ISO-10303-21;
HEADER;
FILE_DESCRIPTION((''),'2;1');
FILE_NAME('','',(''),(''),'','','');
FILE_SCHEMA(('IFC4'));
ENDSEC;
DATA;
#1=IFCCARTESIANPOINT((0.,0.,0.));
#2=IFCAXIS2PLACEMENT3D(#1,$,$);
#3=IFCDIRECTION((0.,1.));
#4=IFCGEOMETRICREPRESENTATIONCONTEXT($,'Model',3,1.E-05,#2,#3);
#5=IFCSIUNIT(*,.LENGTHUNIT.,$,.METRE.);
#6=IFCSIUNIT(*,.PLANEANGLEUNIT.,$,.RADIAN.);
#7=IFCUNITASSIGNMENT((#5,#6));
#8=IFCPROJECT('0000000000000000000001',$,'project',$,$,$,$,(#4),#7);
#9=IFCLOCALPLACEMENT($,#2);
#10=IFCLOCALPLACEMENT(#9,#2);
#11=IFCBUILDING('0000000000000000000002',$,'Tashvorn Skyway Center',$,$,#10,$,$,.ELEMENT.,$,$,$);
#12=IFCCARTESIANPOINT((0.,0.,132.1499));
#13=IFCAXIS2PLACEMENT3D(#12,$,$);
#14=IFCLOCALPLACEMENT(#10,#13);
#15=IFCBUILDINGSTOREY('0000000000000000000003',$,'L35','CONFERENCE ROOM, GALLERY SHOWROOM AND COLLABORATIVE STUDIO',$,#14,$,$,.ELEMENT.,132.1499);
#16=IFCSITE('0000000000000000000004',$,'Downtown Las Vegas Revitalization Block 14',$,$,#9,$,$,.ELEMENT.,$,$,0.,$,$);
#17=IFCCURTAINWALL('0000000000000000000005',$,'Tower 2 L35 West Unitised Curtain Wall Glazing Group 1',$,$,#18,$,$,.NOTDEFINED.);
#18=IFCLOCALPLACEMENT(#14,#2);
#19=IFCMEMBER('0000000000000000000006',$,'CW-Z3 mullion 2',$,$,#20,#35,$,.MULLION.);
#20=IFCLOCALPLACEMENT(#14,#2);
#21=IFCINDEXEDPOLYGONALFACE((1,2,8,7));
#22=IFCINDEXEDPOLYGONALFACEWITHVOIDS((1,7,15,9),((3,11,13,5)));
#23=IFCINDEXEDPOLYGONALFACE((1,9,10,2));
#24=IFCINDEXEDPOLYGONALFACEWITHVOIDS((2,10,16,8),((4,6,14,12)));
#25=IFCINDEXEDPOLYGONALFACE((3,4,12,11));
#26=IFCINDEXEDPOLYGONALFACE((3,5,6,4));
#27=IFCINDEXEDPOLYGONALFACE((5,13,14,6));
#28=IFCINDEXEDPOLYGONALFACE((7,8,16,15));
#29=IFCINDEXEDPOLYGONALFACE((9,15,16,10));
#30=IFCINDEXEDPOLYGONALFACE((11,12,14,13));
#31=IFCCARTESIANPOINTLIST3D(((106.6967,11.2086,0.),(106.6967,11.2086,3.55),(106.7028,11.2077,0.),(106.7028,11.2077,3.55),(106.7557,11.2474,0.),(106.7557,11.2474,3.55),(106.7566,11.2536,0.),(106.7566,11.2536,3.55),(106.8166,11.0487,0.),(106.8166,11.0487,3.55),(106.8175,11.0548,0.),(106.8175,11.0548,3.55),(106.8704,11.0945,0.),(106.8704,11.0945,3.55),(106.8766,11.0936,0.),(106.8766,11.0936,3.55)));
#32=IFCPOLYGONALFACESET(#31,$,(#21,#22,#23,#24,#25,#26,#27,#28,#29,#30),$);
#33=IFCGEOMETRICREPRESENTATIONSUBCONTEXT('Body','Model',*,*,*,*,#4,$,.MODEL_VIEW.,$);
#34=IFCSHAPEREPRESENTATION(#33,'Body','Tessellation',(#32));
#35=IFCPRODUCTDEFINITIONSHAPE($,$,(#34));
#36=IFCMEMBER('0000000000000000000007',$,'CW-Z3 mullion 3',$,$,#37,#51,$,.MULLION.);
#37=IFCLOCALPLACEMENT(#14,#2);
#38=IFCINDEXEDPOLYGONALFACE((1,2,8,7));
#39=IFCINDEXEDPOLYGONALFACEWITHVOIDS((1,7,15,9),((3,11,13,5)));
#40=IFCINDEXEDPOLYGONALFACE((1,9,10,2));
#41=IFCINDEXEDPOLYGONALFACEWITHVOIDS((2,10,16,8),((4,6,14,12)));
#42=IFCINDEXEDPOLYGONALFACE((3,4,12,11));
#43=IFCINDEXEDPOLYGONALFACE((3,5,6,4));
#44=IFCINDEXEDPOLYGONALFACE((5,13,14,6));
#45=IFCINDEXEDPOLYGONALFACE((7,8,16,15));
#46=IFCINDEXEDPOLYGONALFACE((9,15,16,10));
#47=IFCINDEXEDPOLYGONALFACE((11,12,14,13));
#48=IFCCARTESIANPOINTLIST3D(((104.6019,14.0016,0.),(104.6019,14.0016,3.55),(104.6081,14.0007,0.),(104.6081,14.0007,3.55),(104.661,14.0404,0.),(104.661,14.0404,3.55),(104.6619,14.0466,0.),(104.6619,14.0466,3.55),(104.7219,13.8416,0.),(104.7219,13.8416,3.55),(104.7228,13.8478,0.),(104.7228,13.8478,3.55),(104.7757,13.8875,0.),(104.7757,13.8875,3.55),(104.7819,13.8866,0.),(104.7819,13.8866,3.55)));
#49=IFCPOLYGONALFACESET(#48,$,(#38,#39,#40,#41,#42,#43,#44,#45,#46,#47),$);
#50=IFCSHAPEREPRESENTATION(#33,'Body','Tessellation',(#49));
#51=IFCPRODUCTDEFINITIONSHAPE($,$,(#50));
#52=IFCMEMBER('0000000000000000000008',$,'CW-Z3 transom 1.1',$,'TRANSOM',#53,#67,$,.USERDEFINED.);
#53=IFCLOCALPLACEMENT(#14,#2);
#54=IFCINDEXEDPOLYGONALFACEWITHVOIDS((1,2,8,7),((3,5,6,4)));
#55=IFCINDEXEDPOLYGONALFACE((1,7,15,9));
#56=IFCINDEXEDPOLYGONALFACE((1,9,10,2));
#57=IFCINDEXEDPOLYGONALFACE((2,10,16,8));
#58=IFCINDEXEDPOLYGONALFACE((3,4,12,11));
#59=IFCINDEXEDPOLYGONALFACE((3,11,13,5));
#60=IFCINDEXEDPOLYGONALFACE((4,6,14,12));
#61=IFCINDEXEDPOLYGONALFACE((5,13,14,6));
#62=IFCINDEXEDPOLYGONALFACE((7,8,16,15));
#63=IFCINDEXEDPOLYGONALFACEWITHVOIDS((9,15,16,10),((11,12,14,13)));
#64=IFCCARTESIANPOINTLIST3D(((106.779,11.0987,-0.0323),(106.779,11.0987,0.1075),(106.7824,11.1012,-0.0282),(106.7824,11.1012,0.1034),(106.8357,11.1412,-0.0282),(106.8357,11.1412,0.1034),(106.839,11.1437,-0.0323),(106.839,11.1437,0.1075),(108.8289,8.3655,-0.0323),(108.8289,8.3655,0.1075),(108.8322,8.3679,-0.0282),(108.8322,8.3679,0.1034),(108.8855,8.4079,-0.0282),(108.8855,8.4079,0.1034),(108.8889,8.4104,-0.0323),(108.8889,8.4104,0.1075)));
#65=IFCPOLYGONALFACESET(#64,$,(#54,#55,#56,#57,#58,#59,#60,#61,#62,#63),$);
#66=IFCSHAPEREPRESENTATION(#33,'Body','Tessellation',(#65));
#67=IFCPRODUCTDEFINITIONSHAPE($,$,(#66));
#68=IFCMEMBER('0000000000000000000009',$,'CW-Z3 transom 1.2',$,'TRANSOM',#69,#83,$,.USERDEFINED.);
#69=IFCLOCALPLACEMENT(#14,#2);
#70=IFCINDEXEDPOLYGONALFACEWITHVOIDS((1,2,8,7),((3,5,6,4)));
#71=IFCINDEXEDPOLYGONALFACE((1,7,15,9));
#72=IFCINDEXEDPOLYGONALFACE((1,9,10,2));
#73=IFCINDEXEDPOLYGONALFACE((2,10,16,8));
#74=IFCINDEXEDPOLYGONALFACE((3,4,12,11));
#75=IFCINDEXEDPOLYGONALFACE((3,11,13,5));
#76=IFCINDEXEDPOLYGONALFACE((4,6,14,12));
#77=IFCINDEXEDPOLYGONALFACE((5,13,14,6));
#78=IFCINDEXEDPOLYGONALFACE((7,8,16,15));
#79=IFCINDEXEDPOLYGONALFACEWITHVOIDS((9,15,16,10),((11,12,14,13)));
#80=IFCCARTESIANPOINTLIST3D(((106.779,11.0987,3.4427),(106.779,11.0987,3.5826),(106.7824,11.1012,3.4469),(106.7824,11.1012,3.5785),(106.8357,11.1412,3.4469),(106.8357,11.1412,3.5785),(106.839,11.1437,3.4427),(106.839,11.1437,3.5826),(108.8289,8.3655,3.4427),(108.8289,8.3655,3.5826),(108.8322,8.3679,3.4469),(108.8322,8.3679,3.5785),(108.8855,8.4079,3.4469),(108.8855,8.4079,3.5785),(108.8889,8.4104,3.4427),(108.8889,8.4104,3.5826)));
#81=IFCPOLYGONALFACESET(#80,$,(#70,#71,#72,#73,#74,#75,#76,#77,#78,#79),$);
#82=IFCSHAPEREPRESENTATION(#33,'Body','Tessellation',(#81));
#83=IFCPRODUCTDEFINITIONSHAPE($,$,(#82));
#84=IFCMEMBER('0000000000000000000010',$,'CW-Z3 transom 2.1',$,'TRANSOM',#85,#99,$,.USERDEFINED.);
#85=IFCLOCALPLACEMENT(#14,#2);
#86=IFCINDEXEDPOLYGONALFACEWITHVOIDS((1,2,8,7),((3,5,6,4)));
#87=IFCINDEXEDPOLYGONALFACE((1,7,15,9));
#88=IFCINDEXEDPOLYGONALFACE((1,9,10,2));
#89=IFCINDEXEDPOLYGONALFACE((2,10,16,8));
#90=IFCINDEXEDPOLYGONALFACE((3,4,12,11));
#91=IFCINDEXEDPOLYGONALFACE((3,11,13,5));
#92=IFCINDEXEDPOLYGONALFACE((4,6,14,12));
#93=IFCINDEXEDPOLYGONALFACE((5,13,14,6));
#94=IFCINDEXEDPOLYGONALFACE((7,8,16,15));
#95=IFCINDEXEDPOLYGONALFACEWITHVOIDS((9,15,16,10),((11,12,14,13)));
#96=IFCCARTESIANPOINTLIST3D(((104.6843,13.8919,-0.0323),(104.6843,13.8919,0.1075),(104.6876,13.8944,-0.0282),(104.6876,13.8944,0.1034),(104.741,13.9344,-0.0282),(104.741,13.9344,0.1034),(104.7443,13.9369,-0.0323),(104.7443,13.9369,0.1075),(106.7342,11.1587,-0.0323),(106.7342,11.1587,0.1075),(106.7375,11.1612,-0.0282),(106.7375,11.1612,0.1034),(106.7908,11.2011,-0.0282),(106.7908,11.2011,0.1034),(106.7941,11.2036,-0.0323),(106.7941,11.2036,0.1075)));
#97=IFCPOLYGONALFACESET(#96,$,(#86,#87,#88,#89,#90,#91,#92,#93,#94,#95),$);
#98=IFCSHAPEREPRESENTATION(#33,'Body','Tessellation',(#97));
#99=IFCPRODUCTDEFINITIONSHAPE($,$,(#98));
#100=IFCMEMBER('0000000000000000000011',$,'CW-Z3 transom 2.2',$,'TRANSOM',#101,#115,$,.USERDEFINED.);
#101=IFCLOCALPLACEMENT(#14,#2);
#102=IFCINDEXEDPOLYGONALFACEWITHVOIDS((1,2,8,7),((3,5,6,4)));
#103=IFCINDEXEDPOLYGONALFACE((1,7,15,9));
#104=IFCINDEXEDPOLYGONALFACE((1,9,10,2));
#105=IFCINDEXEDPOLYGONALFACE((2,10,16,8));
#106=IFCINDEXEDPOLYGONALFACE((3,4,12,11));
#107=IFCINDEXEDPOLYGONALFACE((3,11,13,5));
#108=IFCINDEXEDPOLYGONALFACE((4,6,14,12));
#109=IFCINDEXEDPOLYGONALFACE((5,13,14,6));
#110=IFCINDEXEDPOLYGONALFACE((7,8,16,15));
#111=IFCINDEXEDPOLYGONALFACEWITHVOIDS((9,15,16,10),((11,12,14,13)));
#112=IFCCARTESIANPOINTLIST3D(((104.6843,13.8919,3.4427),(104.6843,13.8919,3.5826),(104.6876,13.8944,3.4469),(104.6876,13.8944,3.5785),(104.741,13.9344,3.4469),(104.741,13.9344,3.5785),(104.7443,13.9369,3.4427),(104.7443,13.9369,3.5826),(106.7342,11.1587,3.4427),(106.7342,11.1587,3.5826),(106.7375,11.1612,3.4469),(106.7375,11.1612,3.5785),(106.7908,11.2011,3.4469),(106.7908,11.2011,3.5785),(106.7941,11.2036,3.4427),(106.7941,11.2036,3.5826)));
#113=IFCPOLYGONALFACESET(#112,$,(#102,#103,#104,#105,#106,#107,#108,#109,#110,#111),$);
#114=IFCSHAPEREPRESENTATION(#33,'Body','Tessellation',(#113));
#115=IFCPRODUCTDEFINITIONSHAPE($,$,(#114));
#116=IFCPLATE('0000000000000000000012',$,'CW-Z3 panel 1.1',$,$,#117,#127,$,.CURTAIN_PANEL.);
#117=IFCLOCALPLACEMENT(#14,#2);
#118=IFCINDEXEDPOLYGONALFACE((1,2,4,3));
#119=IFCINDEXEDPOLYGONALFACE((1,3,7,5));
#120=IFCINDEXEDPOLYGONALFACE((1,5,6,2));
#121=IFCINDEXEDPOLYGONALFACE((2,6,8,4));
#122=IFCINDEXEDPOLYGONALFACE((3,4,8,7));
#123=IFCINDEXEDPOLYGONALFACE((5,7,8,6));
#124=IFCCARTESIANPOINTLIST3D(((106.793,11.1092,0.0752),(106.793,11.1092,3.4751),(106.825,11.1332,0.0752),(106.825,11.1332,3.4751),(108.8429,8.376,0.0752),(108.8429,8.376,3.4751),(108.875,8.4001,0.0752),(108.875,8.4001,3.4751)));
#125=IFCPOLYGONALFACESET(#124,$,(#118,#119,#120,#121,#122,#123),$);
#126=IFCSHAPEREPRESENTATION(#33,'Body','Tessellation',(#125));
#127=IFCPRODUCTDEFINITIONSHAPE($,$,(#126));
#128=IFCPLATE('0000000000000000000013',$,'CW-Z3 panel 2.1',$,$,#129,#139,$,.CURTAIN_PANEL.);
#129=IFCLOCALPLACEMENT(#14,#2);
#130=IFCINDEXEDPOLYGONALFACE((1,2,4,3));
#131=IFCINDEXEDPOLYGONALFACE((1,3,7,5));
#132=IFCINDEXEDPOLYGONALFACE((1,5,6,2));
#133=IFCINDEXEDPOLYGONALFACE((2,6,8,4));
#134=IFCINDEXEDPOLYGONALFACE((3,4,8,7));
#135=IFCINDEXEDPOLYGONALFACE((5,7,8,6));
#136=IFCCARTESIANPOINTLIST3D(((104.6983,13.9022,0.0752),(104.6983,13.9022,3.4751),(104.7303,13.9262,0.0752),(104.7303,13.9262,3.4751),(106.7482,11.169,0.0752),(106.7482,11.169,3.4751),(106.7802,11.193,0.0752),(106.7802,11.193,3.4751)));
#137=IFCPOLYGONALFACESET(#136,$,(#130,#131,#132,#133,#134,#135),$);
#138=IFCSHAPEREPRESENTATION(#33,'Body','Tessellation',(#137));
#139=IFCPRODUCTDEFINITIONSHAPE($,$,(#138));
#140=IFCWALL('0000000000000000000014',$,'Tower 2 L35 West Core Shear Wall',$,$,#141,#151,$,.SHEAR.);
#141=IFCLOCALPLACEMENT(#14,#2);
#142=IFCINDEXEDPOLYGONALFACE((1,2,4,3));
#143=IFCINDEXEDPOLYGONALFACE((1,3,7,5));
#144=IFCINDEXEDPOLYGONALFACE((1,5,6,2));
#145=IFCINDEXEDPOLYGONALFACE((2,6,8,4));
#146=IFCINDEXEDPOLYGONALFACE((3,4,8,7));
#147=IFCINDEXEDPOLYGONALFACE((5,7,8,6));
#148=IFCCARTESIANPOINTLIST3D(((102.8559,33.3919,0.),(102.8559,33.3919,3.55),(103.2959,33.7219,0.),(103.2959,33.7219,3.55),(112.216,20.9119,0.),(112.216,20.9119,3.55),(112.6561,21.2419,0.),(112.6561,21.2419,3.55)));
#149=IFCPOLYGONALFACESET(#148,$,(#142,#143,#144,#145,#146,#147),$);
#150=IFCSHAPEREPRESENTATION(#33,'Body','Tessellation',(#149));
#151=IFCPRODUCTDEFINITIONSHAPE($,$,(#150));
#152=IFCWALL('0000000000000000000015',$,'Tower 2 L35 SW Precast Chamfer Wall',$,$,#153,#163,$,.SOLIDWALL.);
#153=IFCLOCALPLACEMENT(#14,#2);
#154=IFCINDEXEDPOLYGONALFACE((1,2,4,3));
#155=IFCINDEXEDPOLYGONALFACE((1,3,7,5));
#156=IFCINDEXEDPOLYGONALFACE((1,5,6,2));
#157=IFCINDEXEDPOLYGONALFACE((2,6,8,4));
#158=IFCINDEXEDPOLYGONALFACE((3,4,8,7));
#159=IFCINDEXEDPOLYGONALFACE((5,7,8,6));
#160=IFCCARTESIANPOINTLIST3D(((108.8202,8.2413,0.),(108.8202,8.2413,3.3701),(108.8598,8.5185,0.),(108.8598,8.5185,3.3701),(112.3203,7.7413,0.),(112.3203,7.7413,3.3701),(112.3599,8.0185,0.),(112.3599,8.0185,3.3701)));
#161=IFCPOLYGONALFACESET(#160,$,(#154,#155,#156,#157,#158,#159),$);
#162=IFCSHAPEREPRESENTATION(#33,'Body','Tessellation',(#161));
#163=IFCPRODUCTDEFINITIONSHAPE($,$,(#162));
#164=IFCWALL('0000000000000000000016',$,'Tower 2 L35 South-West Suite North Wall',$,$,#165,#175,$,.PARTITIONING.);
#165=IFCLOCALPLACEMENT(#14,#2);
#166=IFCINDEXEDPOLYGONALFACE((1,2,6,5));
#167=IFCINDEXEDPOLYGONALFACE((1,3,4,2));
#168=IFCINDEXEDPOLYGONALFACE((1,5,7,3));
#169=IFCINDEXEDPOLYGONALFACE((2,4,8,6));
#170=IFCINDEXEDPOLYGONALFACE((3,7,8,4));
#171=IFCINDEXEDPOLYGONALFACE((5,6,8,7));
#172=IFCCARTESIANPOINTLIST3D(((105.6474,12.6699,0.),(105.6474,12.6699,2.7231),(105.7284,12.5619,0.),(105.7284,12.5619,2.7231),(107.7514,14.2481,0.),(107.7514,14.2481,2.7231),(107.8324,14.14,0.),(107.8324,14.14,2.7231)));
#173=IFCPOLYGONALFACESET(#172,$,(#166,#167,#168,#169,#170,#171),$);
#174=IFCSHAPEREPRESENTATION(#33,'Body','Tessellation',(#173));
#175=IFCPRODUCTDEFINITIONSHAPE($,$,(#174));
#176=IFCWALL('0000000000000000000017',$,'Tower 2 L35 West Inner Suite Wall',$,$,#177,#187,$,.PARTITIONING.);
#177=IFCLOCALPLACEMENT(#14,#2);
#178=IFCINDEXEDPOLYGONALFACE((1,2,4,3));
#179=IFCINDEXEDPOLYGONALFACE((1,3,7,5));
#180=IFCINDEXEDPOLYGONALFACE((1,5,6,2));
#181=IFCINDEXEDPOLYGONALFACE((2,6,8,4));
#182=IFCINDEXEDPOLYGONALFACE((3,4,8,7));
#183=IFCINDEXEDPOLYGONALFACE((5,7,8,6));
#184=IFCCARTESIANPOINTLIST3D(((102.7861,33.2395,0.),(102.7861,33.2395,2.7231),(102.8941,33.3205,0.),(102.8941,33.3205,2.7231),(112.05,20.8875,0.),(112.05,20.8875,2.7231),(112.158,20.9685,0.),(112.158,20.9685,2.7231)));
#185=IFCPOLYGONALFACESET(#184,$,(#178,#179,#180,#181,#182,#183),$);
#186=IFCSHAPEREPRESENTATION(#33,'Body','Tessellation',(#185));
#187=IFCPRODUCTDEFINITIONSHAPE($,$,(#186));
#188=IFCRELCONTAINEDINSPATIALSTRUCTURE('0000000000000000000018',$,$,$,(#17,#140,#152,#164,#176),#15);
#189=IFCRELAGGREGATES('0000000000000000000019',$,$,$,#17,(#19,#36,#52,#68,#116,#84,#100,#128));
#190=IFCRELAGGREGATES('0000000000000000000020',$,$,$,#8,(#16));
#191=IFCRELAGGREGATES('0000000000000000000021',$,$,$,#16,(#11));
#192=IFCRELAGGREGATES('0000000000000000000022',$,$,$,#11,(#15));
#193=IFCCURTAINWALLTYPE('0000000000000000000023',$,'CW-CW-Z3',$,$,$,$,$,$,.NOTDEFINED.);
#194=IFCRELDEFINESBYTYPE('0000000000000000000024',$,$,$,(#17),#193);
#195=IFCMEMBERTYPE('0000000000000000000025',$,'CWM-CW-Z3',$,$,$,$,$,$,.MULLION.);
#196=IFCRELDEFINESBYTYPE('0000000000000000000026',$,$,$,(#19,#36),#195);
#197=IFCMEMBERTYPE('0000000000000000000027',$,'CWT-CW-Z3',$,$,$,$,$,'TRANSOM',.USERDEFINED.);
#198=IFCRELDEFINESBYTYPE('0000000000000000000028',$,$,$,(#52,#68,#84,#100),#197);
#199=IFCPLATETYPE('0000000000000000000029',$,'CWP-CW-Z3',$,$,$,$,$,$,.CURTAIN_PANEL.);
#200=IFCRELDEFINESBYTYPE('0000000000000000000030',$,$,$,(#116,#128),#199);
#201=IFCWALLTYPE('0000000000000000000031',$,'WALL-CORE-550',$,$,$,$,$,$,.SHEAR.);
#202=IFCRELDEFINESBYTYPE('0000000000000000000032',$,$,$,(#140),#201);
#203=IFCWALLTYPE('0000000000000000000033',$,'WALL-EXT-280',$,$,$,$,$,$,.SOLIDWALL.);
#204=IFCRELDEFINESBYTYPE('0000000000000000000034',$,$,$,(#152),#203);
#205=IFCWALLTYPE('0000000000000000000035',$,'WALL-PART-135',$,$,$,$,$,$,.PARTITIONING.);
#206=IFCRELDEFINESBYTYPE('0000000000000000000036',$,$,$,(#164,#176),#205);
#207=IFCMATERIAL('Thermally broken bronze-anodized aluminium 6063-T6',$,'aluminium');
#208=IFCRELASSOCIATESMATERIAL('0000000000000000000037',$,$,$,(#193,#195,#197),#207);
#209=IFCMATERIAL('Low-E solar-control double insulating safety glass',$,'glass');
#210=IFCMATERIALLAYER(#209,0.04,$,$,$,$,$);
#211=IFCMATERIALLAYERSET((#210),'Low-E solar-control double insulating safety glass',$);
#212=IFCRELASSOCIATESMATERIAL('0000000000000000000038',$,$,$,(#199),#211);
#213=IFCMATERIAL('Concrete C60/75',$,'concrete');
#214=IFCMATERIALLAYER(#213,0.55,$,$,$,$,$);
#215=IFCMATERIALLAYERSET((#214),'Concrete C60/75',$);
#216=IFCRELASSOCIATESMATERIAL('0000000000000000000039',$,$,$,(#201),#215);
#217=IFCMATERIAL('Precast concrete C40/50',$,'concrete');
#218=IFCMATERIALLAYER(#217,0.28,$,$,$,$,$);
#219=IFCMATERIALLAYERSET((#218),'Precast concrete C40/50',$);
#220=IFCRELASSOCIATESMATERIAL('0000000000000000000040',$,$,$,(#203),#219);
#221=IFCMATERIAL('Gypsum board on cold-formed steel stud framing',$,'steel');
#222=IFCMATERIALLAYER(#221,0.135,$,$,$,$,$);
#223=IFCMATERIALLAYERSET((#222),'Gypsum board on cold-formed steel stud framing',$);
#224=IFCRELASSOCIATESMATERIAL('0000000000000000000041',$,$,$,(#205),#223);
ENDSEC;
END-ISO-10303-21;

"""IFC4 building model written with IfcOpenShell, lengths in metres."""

from ifc_helpers import new_model, si_unit, direction, frame, frame_2d, origin, origin_2d, place, context, subcontext, project, spatial, rectangle, hollow_rectangle, extrude, material, layer, layer_set, material_profile, profile_set, type_object, element, aggregate, save


model = new_model("IFC4")

# Units and contexts
model_context = context("Model", 3, precision=1e-05, world=origin(), true_north=direction((0.0, 1.0)))
body_context = subcontext(model_context, "Body", "Model", "MODEL_VIEW")
ifc_project = project(units=[si_unit("LENGTHUNIT", "METRE"), si_unit("PLANEANGLEUNIT", "RADIAN")], contexts=[model_context])

# Site, building, storey
site_placement = place(None, origin())
site = spatial("IfcSite", under=ifc_project, at=site_placement, Name="Downtown Las Vegas Revitalization Block 14", CompositionType="ELEMENT", RefElevation=0.0)
building_placement = place(site_placement, origin())
building = spatial("IfcBuilding", under=site, at=building_placement, Name="Tashvorn Skyway Center", CompositionType="ELEMENT")
storey_placement = place(building_placement, frame((0.0, 0.0, 132.1499)))
storey = spatial("IfcBuildingStorey", under=building, at=storey_placement, Name="L35", Description="CONFERENCE ROOM, GALLERY SHOWROOM AND COLLABORATIVE STUDIO", CompositionType="ELEMENT", Elevation=132.1499)

# Shared definitions
ifc_material_1 = material(Name="Concrete C60/75", Category="concrete")

# Shared definitions
ifc_material_2 = material(Name="Thermally broken bronze-anodized aluminium 6063-T6", Category="aluminium")
curtain_wall_type = type_object("IfcCurtainWallType", Name="CW-CW-Z3", PredefinedType="NOTDEFINED", material=ifc_material_2)
ifc_material_profile_1 = material_profile(ifc_material_2, hollow_rectangle(XDim=0.075, YDim=0.2, WallThickness=0.0044, at=origin_2d()), Name="ALU-MULL-75x200")
ifc_profile_set_1 = profile_set([ifc_material_profile_1], Name="Thermally broken bronze-anodized aluminium 6063-T6")
member_type_1 = type_object("IfcMemberType", Name="CWM-CW-Z3", PredefinedType="MULLION", material=ifc_profile_set_1)

# Curtain wall, members, plates
curtain_wall_1_placement = place(storey_placement, origin())
curtain_wall_1 = element("IfcCurtainWall", 1, at=curtain_wall_1_placement, inside=storey, type_object=curtain_wall_type, Name="Tower 2 L35 West Unitised Curtain Wall Glazing Group 1", PredefinedType="NOTDEFINED")
member_1_placement = place(storey_placement, frame((106.7866, 11.1511, 0.0), z_axis=(0.0, 0.0, 1.0), x_axis=(-0.799997, -0.600005, 0.0)))
member_1 = element("IfcMember", 2, at=member_1_placement, type_object=member_type_1, Name="CW-Z3 mullion 2", PredefinedType="MULLION", context=body_context, shape_type="SweptSolid", body=[
    extrude(hollow_rectangle(XDim=0.075, YDim=0.2, WallThickness=0.0044, at=origin_2d()), origin(), (0.0, 0.0, 1.0), 3.55),
])
member_2_placement = place(storey_placement, frame((104.6919, 13.9441, 0.0), z_axis=(0.0, 0.0, 1.0), x_axis=(-0.799997, -0.600005, 0.0)))
member_2 = element("IfcMember", 3, at=member_2_placement, type_object=member_type_1, Name="CW-Z3 mullion 3", PredefinedType="MULLION", context=body_context, shape_type="SweptSolid", body=[
    extrude(hollow_rectangle(XDim=0.075, YDim=0.2, WallThickness=0.0044, at=origin_2d()), origin(), (0.0, 0.0, 1.0), 3.55),
])
ifc_material_profile_2 = material_profile(ifc_material_2, hollow_rectangle(XDim=0.075, YDim=0.1399, WallThickness=0.0042, at=origin_2d()), Name="ALU-TRAN-75x140")
ifc_profile_set_2 = profile_set([ifc_material_profile_2], Name="Thermally broken bronze-anodized aluminium 6063-T6")
member_type_2 = type_object("IfcMemberType", Name="CWT-CW-Z3", ElementType="TRANSOM", PredefinedType="USERDEFINED", material=ifc_profile_set_2)
member_3_placement = place(storey_placement, frame((108.8589, 8.3879, 0.0376), z_axis=(-0.599989, 0.800009, 0.0), x_axis=(-0.800009, -0.599989, 0.0)))
member_3 = element("IfcMember", 4, at=member_3_placement, type_object=member_type_2, Name="CW-Z3 transom 1.1", ObjectType="TRANSOM", PredefinedType="USERDEFINED", context=body_context, shape_type="SweptSolid", body=[
    extrude(hollow_rectangle(XDim=0.075, YDim=0.1399, WallThickness=0.0042, at=origin_2d()), origin(), (0.0, 0.0, 1.0), 3.4165),
])
member_4_placement = place(storey_placement, frame((108.8589, 8.3879, 3.5127), z_axis=(-0.599989, 0.800009, 0.0), x_axis=(-0.800009, -0.599989, 0.0)))
member_4 = element("IfcMember", 5, at=member_4_placement, type_object=member_type_2, Name="CW-Z3 transom 1.2", ObjectType="TRANSOM", PredefinedType="USERDEFINED", context=body_context, shape_type="SweptSolid", body=[
    extrude(hollow_rectangle(XDim=0.075, YDim=0.1399, WallThickness=0.0042, at=origin_2d()), origin(), (0.0, 0.0, 1.0), 3.4165),
])
member_5_placement = place(storey_placement, frame((106.7642, 11.1812, 0.0376), z_axis=(-0.599989, 0.800009, 0.0), x_axis=(-0.800009, -0.599989, 0.0)))
member_5 = element("IfcMember", 6, at=member_5_placement, type_object=member_type_2, Name="CW-Z3 transom 2.1", ObjectType="TRANSOM", PredefinedType="USERDEFINED", context=body_context, shape_type="SweptSolid", body=[
    extrude(hollow_rectangle(XDim=0.075, YDim=0.1399, WallThickness=0.0042, at=origin_2d()), origin(), (0.0, 0.0, 1.0), 3.4165),
])
member_6_placement = place(storey_placement, frame((106.7642, 11.1812, 3.5127), z_axis=(-0.599989, 0.800009, 0.0), x_axis=(-0.800009, -0.599989, 0.0)))
member_6 = element("IfcMember", 7, at=member_6_placement, type_object=member_type_2, Name="CW-Z3 transom 2.2", ObjectType="TRANSOM", PredefinedType="USERDEFINED", context=body_context, shape_type="SweptSolid", body=[
    extrude(hollow_rectangle(XDim=0.075, YDim=0.1399, WallThickness=0.0042, at=origin_2d()), origin(), (0.0, 0.0, 1.0), 3.4165),
])
ifc_material_3 = material(Name="Low-E solar-control double insulating safety glass", Category="glass")
ifc_layer_1 = layer(ifc_material_3, 0.04)
ifc_layer_set_1 = layer_set([ifc_layer_1], Name="Low-E solar-control double insulating safety glass")
plate_type = type_object("IfcPlateType", Name="CWP-CW-Z3", PredefinedType="CURTAIN_PANEL", material=ifc_layer_set_1)
plate_1_placement = place(storey_placement, frame((107.834, 9.7546, 0.0752), z_axis=(0.0, 0.0, 1.0), x_axis=(-0.600005, 0.799997, 0.0)))
plate_1 = element("IfcPlate", 8, at=plate_1_placement, type_object=plate_type, Name="CW-Z3 panel 1.1", PredefinedType="CURTAIN_PANEL", context=body_context, shape_type="SweptSolid", body=[
    extrude(rectangle(XDim=3.4165, YDim=0.04, at=origin_2d()), origin(), (0.0, 0.0, 1.0), 3.3999),
])
plate_2_placement = place(storey_placement, frame((105.7393, 12.5476, 0.0752), z_axis=(0.0, 0.0, 1.0), x_axis=(-0.600005, 0.799997, 0.0)))
plate_2 = element("IfcPlate", 9, at=plate_2_placement, type_object=plate_type, Name="CW-Z3 panel 2.1", PredefinedType="CURTAIN_PANEL", context=body_context, shape_type="SweptSolid", body=[
    extrude(rectangle(XDim=3.4165, YDim=0.04, at=origin_2d()), origin(), (0.0, 0.0, 1.0), 3.3999),
])
aggregate(curtain_wall_1, [member_1, member_2, member_3, member_4, plate_1, member_5, member_6, plate_2])

# Walls
ifc_layer_2 = layer(ifc_material_1, 0.55)
ifc_layer_set_2 = layer_set([ifc_layer_2], Name="Concrete C60/75")
wall_type_1 = type_object("IfcWallType", Name="WALL-CORE-550", PredefinedType="SHEAR", material=ifc_layer_set_2)
wall_1_placement = place(storey_placement, frame((112.436, 21.0769, 0.0), z_axis=(0.0, 0.0, 1.0), x_axis=(-0.600005, 0.799996, 0.0)))
element("IfcWall", 10, at=wall_1_placement, inside=storey, type_object=wall_type_1, Name="Tower 2 L35 West Core Shear Wall", PredefinedType="SHEAR", context=body_context, shape_type="SweptSolid", body=[
    extrude(rectangle(XDim=15.6001, YDim=0.55, at=frame_2d((7.8, 0.0))), origin(), (0.0, 0.0, 1.0), 3.55),
])
ifc_material_4 = material(Name="Precast concrete C40/50", Category="concrete")
ifc_layer_3 = layer(ifc_material_4, 0.28)
ifc_layer_set_3 = layer_set([ifc_layer_3], Name="Precast concrete C40/50")
wall_type_2 = type_object("IfcWallType", Name="WALL-EXT-280", PredefinedType="SOLIDWALL", material=ifc_layer_set_3)
wall_2_placement = place(storey_placement, frame((112.3401, 7.8799, 0.0), z_axis=(0.0, 0.0, 1.0), x_axis=(-0.989949, 0.141421, 0.0)))
element("IfcWall", 11, at=wall_2_placement, inside=storey, type_object=wall_type_2, Name="Tower 2 L35 SW Precast Chamfer Wall", PredefinedType="SOLIDWALL", context=body_context, shape_type="SweptSolid", body=[
    extrude(rectangle(XDim=3.5356, YDim=0.28, at=frame_2d((1.7678, 0.0))), origin(), (0.0, 0.0, 1.0), 3.3701),
])
ifc_material_5 = material(Name="Gypsum board on cold-formed steel stud framing", Category="steel")
ifc_layer_4 = layer(ifc_material_5, 0.135)
ifc_layer_set_4 = layer_set([ifc_layer_4], Name="Gypsum board on cold-formed steel stud framing")
wall_type_3 = type_object("IfcWallType", Name="WALL-PART-135", PredefinedType="PARTITIONING", material=ifc_layer_set_4)
wall_3_placement = place(storey_placement, frame((105.688, 12.616, 0.0), z_axis=(0.0, 0.0, 1.0), x_axis=(0.799978, 0.60003, 0.0)))
element("IfcWall", 12, at=wall_3_placement, inside=storey, type_object=wall_type_3, Name="Tower 2 L35 South-West Suite North Wall", PredefinedType="PARTITIONING", context=body_context, shape_type="SweptSolid", body=[
    extrude(rectangle(XDim=2.6301, YDim=0.135, at=frame_2d((1.3149, 0.0))), origin(), (0.0, 0.0, 1.0), 2.7231),
])
wall_4_placement = place(storey_placement, frame((112.104, 20.928, 0.0), z_axis=(0.0, 0.0, 1.0), x_axis=(-0.599995, 0.800004, 0.0)))
element("IfcWall", 13, at=wall_4_placement, inside=storey, type_object=wall_type_3, Name="Tower 2 L35 West Inner Suite Wall", PredefinedType="PARTITIONING", context=body_context, shape_type="SweptSolid", body=[
    extrude(rectangle(XDim=15.4399, YDim=0.135, at=frame_2d((7.72, 0.0))), origin(), (0.0, 0.0, 1.0), 2.7231),
])

save(model, "model.ifc")
